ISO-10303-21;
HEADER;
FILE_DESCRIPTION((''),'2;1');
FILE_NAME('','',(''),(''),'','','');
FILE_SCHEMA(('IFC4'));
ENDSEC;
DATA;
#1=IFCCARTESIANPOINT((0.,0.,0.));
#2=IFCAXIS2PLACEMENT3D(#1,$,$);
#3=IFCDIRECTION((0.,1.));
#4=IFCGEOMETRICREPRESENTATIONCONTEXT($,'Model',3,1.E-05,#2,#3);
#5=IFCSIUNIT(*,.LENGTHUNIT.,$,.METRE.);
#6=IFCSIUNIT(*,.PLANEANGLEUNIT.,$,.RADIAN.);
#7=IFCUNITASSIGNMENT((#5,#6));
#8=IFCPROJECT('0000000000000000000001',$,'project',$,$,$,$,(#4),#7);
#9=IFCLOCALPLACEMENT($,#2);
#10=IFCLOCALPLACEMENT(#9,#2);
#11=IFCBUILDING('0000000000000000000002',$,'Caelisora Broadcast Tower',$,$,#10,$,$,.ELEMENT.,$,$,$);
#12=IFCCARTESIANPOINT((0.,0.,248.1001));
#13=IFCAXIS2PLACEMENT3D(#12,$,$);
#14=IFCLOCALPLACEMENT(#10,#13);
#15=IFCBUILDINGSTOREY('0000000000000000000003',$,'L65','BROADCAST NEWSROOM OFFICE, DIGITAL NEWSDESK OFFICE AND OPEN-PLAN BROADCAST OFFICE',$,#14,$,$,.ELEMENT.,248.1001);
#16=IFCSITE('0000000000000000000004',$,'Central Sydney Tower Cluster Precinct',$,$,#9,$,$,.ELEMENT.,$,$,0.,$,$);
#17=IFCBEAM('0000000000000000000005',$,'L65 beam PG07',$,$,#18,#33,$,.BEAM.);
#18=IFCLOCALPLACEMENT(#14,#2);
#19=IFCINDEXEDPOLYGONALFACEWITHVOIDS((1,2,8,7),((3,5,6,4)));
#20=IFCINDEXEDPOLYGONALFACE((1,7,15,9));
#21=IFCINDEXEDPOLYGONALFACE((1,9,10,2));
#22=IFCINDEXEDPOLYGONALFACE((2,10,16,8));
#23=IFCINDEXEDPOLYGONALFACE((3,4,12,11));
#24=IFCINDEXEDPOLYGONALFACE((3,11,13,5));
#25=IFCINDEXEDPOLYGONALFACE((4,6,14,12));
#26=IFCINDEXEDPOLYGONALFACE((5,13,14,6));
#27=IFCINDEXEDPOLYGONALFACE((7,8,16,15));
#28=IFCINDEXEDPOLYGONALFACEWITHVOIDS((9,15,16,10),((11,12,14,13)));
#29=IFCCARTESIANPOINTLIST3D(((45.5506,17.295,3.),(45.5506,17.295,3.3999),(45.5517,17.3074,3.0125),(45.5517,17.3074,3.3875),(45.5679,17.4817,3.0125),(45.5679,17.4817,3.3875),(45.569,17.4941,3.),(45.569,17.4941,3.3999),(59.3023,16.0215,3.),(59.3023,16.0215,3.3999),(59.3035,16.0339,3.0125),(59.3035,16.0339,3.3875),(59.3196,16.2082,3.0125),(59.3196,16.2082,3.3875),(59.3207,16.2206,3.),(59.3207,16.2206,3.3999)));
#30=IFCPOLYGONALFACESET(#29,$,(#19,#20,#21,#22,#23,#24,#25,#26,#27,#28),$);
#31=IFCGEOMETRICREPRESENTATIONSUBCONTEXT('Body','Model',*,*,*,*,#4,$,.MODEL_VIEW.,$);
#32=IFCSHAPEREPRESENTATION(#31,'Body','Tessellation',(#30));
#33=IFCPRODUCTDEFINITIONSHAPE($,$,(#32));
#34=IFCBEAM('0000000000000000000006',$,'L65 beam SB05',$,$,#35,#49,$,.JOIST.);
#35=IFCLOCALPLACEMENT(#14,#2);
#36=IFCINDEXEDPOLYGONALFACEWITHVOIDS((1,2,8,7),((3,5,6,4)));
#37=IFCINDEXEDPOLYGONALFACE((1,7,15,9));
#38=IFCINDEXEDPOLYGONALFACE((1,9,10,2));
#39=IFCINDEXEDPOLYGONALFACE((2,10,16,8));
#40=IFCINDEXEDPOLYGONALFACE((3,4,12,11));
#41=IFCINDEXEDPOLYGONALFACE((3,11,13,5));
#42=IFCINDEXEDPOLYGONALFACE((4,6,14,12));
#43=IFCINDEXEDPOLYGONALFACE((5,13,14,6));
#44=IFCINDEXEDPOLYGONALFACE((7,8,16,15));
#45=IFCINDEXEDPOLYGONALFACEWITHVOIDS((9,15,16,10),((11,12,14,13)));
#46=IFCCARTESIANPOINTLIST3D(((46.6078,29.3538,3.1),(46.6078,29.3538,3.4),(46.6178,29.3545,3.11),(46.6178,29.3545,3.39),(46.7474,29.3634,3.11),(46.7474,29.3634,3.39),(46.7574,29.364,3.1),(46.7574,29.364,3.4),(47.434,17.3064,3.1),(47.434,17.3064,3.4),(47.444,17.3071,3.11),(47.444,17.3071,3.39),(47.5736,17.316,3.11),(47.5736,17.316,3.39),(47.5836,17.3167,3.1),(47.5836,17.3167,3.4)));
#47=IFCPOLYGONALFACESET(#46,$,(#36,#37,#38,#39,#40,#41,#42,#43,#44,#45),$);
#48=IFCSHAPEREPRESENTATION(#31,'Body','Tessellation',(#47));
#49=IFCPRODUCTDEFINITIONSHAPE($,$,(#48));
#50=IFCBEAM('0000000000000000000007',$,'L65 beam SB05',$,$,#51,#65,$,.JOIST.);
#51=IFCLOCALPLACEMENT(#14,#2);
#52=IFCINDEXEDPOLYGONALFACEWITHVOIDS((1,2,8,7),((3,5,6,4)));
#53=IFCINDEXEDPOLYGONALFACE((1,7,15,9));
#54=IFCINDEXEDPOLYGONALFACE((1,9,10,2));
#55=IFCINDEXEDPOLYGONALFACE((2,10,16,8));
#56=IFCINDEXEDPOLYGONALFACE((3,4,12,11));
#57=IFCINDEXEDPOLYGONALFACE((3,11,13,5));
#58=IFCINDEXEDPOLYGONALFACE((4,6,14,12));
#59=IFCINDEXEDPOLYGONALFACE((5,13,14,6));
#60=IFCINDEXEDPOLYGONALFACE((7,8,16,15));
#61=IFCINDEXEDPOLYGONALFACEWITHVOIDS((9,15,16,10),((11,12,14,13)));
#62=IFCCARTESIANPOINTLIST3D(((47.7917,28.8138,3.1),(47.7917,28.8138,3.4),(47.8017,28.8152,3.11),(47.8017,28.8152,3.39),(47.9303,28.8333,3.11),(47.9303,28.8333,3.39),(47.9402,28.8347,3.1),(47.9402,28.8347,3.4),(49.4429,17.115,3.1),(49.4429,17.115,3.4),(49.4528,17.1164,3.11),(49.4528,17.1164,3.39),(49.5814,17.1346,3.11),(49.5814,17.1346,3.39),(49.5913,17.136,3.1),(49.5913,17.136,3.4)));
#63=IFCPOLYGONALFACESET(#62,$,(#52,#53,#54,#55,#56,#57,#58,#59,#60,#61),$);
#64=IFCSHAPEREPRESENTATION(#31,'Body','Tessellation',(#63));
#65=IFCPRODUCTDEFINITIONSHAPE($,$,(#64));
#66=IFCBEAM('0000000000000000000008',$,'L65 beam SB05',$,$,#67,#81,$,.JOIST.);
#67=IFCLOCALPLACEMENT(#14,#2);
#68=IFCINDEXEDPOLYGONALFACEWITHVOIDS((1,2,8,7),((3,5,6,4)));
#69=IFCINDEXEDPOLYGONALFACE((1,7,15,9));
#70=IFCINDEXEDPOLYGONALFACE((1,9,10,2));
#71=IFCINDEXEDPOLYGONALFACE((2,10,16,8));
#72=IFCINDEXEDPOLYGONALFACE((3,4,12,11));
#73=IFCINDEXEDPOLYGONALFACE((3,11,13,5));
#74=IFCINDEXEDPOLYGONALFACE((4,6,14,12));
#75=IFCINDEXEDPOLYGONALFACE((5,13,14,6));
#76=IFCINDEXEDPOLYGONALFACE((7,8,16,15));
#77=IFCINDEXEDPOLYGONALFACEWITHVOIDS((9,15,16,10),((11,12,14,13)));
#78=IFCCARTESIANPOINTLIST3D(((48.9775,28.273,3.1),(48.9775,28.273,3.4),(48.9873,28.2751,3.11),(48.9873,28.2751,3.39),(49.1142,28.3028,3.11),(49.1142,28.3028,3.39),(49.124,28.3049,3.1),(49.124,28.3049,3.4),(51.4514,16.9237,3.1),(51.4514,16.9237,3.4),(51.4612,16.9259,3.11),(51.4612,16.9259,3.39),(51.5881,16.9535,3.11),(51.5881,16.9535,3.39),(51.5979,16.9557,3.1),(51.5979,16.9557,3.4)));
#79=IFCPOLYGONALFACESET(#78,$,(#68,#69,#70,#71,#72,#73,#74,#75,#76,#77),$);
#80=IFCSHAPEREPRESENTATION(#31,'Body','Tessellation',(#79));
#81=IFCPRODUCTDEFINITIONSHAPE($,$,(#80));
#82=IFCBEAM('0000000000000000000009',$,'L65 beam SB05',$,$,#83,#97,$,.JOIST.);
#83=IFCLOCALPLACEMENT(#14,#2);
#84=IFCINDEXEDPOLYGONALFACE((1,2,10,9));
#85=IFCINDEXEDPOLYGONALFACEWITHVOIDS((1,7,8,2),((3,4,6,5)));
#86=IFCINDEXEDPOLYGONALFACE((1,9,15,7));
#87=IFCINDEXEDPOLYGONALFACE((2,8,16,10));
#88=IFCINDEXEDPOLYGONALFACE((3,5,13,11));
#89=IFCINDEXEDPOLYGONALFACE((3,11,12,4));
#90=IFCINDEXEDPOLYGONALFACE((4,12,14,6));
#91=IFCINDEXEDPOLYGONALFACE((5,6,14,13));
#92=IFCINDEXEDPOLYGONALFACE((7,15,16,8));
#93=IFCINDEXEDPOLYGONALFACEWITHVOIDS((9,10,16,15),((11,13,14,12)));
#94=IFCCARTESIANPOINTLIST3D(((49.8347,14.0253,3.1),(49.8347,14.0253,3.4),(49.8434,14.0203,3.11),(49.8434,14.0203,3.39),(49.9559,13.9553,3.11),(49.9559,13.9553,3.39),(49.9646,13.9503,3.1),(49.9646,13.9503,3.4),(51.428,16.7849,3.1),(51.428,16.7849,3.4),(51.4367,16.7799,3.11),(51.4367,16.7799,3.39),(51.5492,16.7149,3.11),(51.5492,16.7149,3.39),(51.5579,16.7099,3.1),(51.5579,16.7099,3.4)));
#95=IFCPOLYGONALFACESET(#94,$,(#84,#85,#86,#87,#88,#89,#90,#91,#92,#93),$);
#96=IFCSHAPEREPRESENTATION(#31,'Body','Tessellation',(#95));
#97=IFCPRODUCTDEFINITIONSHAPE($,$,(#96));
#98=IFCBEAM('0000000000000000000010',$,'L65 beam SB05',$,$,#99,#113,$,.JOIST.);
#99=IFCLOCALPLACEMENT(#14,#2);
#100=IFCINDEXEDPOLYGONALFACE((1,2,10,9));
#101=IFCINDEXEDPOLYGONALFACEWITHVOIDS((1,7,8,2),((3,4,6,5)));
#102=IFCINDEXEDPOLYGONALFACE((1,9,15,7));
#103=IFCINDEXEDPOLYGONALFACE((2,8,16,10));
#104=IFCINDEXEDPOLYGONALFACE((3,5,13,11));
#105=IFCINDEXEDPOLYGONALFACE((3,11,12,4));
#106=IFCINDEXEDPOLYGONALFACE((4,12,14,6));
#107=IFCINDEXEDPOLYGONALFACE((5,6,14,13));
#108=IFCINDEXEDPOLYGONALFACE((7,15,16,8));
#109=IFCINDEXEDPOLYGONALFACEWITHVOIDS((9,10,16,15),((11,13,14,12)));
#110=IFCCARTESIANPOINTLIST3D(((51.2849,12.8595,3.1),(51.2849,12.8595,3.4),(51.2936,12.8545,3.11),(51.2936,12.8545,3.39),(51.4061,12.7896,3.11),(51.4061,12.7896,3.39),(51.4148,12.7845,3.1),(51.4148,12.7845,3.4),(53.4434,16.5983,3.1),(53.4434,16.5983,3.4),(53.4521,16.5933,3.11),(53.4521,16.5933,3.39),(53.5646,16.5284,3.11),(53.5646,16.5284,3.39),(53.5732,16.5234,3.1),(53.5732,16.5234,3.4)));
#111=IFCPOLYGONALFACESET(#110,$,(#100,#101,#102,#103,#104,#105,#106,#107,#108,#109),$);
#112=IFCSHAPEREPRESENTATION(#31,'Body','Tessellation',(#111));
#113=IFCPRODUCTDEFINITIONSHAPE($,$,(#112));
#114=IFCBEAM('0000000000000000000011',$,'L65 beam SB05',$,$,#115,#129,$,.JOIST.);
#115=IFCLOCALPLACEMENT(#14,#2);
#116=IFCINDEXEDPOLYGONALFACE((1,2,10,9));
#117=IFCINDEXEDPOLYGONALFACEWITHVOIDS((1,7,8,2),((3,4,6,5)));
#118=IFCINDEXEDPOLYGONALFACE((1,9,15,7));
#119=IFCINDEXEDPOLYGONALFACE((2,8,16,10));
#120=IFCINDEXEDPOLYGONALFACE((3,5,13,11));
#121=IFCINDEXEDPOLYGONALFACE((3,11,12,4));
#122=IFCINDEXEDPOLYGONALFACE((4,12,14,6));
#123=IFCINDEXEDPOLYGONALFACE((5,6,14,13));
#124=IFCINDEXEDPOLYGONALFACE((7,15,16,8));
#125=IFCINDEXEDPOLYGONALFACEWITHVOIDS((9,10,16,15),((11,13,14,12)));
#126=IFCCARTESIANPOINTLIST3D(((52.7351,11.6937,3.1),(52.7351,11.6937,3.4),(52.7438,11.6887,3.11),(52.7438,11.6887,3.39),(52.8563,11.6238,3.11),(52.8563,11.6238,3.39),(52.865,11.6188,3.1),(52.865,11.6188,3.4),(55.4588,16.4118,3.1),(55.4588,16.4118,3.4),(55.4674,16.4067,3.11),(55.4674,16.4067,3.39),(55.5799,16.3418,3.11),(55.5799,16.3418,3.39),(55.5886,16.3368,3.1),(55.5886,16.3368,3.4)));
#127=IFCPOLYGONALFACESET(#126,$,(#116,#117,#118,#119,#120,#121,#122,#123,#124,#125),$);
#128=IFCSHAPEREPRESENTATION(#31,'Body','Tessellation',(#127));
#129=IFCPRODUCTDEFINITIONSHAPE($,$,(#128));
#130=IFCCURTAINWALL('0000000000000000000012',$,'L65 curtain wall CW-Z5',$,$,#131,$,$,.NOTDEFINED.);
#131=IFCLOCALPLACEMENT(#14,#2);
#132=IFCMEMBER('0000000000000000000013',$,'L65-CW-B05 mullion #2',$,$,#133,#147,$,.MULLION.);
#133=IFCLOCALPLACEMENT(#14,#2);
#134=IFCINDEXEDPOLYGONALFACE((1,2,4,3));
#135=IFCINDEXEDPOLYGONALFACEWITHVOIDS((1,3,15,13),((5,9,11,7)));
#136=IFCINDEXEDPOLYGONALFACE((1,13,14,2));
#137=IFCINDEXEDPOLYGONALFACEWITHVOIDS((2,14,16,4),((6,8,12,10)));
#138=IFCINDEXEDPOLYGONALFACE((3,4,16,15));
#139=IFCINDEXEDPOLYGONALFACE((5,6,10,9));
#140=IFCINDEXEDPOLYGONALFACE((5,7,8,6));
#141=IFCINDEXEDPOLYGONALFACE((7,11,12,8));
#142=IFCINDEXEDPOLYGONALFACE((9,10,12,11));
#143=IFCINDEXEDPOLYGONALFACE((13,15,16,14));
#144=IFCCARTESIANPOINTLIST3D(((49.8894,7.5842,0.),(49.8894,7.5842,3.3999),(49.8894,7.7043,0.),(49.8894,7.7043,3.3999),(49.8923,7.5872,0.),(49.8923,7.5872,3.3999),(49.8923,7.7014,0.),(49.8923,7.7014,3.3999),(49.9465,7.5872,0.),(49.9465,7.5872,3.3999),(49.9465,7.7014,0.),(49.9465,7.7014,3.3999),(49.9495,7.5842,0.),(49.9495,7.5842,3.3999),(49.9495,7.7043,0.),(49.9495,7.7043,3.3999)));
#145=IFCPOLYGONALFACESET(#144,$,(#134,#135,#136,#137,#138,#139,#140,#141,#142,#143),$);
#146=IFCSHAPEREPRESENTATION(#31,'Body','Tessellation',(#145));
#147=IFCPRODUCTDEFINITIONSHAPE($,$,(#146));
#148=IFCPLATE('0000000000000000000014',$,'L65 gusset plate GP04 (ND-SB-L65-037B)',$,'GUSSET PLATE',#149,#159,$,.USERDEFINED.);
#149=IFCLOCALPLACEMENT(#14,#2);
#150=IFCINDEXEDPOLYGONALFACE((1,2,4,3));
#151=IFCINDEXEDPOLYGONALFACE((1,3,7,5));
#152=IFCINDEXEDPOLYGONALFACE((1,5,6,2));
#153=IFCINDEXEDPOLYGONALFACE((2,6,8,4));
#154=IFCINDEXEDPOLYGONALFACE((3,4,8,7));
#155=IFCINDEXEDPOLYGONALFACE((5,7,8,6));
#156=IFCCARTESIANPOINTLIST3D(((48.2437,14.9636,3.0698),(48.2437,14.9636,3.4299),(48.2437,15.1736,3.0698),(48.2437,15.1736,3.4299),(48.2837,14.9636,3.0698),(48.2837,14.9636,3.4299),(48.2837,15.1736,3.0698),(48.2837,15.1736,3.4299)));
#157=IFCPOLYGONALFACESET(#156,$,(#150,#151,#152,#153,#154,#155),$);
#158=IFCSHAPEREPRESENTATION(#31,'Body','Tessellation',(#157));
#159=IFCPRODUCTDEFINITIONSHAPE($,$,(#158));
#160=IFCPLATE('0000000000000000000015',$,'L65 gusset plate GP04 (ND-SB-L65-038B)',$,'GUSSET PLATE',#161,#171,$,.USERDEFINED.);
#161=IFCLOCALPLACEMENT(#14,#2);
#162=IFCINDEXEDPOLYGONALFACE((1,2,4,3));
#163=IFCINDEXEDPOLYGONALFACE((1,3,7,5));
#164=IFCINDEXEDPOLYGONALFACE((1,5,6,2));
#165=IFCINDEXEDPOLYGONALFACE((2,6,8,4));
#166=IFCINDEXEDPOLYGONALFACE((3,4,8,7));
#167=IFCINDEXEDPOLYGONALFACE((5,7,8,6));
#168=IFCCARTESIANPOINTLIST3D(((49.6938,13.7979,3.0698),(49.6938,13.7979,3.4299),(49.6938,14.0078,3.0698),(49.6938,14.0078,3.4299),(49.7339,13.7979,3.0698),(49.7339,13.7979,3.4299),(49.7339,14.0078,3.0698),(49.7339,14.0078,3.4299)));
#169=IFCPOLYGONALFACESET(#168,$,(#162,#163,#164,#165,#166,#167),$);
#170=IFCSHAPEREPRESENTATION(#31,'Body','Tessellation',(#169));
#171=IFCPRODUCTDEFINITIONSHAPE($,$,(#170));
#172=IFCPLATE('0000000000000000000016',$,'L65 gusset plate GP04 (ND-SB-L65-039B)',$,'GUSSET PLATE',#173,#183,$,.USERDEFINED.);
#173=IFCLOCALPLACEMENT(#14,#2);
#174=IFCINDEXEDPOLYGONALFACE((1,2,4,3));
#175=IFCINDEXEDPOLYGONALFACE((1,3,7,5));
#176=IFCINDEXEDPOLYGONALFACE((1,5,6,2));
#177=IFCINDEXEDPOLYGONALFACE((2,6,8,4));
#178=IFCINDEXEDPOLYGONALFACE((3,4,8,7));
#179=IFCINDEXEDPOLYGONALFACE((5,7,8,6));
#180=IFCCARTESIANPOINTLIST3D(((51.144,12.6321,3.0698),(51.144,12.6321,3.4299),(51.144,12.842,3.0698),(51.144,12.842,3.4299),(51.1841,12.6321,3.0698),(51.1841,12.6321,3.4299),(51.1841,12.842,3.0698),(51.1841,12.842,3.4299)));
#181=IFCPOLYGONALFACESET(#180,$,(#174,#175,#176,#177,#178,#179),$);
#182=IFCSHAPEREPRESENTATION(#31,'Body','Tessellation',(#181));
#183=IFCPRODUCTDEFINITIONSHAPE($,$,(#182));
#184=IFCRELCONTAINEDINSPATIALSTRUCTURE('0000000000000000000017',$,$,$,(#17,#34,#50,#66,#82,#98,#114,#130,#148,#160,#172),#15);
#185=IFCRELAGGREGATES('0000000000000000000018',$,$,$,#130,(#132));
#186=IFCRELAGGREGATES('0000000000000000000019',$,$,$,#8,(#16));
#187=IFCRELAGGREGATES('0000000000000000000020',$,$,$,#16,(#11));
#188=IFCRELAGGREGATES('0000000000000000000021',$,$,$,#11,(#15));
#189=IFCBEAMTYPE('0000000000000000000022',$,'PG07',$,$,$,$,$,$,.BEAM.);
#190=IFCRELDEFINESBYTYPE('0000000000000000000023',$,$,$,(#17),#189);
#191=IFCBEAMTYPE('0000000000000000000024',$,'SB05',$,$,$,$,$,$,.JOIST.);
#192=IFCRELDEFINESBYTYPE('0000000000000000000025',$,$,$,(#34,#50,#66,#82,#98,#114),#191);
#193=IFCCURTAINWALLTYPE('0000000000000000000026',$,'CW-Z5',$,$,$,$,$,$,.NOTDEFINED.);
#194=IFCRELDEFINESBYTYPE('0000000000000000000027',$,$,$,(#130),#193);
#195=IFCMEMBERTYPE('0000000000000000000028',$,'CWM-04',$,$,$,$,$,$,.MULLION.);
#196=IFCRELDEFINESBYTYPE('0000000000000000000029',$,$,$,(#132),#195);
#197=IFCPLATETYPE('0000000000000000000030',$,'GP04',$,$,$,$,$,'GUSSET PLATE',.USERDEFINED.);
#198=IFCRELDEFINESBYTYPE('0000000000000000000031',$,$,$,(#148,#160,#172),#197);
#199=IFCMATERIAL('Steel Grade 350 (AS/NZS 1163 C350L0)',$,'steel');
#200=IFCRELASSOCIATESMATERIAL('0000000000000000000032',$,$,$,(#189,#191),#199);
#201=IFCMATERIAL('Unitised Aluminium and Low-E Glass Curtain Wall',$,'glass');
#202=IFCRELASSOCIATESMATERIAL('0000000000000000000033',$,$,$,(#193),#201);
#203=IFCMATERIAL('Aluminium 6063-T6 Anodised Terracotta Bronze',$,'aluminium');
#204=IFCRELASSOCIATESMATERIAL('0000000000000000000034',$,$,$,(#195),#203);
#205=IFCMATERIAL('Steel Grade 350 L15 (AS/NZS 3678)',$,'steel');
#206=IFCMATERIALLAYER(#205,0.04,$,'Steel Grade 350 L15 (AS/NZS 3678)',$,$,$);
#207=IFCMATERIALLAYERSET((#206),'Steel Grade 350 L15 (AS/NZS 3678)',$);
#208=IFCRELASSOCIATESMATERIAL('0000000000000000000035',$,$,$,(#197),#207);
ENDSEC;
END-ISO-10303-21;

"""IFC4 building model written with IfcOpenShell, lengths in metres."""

from ifc_helpers import new_model, si_unit, direction, frame, origin, origin_2d, place, context, subcontext, project, spatial, rectangle, hollow_rectangle, extrude, source, transform, mapped, material, layer, layer_set, material_profile, profile_set, type_object, type_shapes, element, aggregate, save


model = new_model("IFC4")

# Units and contexts
model_context = context("Model", 3, precision=1e-05, world=origin(), true_north=direction((0.0, 1.0)))
body_context = subcontext(model_context, "Body", "Model", "MODEL_VIEW")
ifc_project = project(units=[si_unit("LENGTHUNIT", "METRE"), si_unit("PLANEANGLEUNIT", "RADIAN")], contexts=[model_context])

# Site, building, storey
site_placement = place(None, origin())
site = spatial("IfcSite", under=ifc_project, at=site_placement, Name="Central Sydney Tower Cluster Precinct", CompositionType="ELEMENT", RefElevation=0.0)
building_placement = place(site_placement, origin())
building = spatial("IfcBuilding", under=site, at=building_placement, Name="Caelisora Broadcast Tower", CompositionType="ELEMENT")
storey_placement = place(building_placement, frame((0.0, 0.0, 248.1001)))
storey = spatial("IfcBuildingStorey", under=building, at=storey_placement, Name="L65", Description="BROADCAST NEWSROOM OFFICE, DIGITAL NEWSDESK OFFICE AND OPEN-PLAN BROADCAST OFFICE", CompositionType="ELEMENT", Elevation=248.1001)

# Beams
ifc_material_1 = material(Name="Steel Grade 350 (AS/NZS 1163 C350L0)", Category="steel")
ifc_material_profile_1 = material_profile(ifc_material_1, hollow_rectangle(XDim=0.2, YDim=0.3999, WallThickness=0.0125, at=origin_2d()), Name="Steel Grade 350 (AS/NZS 1163 C350L0)")
ifc_profile_set_1 = profile_set([ifc_material_profile_1], Name="Steel Grade 350 (AS/NZS 1163 C350L0)")
beam_type_1 = type_object("IfcBeamType", Name="PG07", PredefinedType="BEAM", material=ifc_profile_set_1)
shared_shape_1 = source(origin(), body_context, "Body", "SweptSolid", [
    extrude(hollow_rectangle(XDim=0.2, YDim=0.3999, WallThickness=0.0125, at=origin_2d()), origin(), (0.0, 0.0, 1.0), 13.8105),
])
type_shapes(beam_type_1, [shared_shape_1])
beam_1_placement = place(storey_placement, frame((45.5598, 17.3945, 3.2), z_axis=(0.99574, -0.092208, 0.0), x_axis=(0.092208, 0.99574, 0.0)))
element("IfcBeam", 1, at=beam_1_placement, inside=storey, type_object=beam_type_1, Name="L65 beam PG07", PredefinedType="BEAM", context=body_context, shape_type="MappedRepresentation", body=[
    mapped(shared_shape_1, transform((0.0, 0.0, 0.0), scale=1.0)),
])
ifc_material_profile_2 = material_profile(ifc_material_1, hollow_rectangle(XDim=0.1499, YDim=0.3, WallThickness=0.01, at=origin_2d()), Name="Steel Grade 350 (AS/NZS 1163 C350L0)")
ifc_profile_set_2 = profile_set([ifc_material_profile_2], Name="Steel Grade 350 (AS/NZS 1163 C350L0)")
beam_type_2 = type_object("IfcBeamType", Name="SB05", PredefinedType="JOIST", material=ifc_profile_set_2)
shared_shape_2 = source(origin(), body_context, "Body", "SweptSolid", [
    extrude(hollow_rectangle(XDim=0.1499, YDim=0.3, WallThickness=0.01, at=origin_2d()), origin(), (0.0, 0.0, 1.0), 12.0757),
])
beam_2_placement = place(storey_placement, frame((47.5088, 17.3115, 3.25), z_axis=(-0.068416, 0.997657, 0.0), x_axis=(-0.997657, -0.068416, 0.0)))
element("IfcBeam", 2, at=beam_2_placement, inside=storey, type_object=beam_type_2, Name="L65 beam SB05", PredefinedType="JOIST", context=body_context, shape_type="MappedRepresentation", body=[
    mapped(shared_shape_2, transform((0.0, 0.0, 0.0), scale=1.0)),
])
shared_shape_3 = source(origin(), body_context, "Body", "SweptSolid", [
    extrude(hollow_rectangle(XDim=0.1499, YDim=0.3, WallThickness=0.01, at=origin_2d()), origin(), (0.0, 0.0, 1.0), 11.8147),
])
beam_3_placement = place(storey_placement, frame((49.5171, 17.1255, 3.25), z_axis=(-0.139752, 0.990187, 0.0), x_axis=(-0.990187, -0.139752, 0.0)))
element("IfcBeam", 3, at=beam_3_placement, inside=storey, type_object=beam_type_2, Name="L65 beam SB05", PredefinedType="JOIST", context=body_context, shape_type="MappedRepresentation", body=[
    mapped(shared_shape_3, transform((0.0, 0.0, 0.0), scale=1.0)),
])
shared_shape_4 = source(origin(), body_context, "Body", "SweptSolid", [
    extrude(hollow_rectangle(XDim=0.1499, YDim=0.3, WallThickness=0.01, at=origin_2d()), origin(), (0.0, 0.0, 1.0), 11.6157),
])
beam_4_placement = place(storey_placement, frame((51.5247, 16.9397, 3.25), z_axis=(-0.212978, 0.977057, 0.0), x_axis=(-0.977057, -0.212978, 0.0)))
element("IfcBeam", 4, at=beam_4_placement, inside=storey, type_object=beam_type_2, Name="L65 beam SB05", PredefinedType="JOIST", context=body_context, shape_type="MappedRepresentation", body=[
    mapped(shared_shape_4, transform((0.0, 0.0, 0.0), scale=1.0)),
])
shared_shape_5 = source(origin(), body_context, "Body", "SweptSolid", [
    extrude(hollow_rectangle(XDim=0.1499, YDim=0.3, WallThickness=0.01, at=origin_2d()), origin(), (0.0, 0.0, 1.0), 3.1865),
])
beam_5_placement = place(storey_placement, frame((49.8997, 13.9878, 3.25), z_axis=(0.500012, 0.866018, 0.0), x_axis=(-0.866018, 0.500012, 0.0)))
element("IfcBeam", 5, at=beam_5_placement, inside=storey, type_object=beam_type_2, Name="L65 beam SB05", PredefinedType="JOIST", context=body_context, shape_type="MappedRepresentation", body=[
    mapped(shared_shape_5, transform((0.0, 0.0, 0.0), scale=1.0)),
])
shared_shape_6 = source(origin(), body_context, "Body", "SweptSolid", [
    extrude(hollow_rectangle(XDim=0.1499, YDim=0.3, WallThickness=0.01, at=origin_2d()), origin(), (0.0, 0.0, 1.0), 4.3171),
])
beam_6_placement = place(storey_placement, frame((51.3499, 12.822, 3.25), z_axis=(0.499977, 0.866039, 0.0), x_axis=(-0.866039, 0.499977, 0.0)))
element("IfcBeam", 6, at=beam_6_placement, inside=storey, type_object=beam_type_2, Name="L65 beam SB05", PredefinedType="JOIST", context=body_context, shape_type="MappedRepresentation", body=[
    mapped(shared_shape_6, transform((0.0, 0.0, 0.0), scale=1.0)),
])
shared_shape_7 = source(origin(), body_context, "Body", "SweptSolid", [
    extrude(hollow_rectangle(XDim=0.1499, YDim=0.3, WallThickness=0.01, at=origin_2d()), origin(), (0.0, 0.0, 1.0), 5.4478),
])
type_shapes(beam_type_2, [shared_shape_2, shared_shape_3, shared_shape_4, shared_shape_5, shared_shape_6, shared_shape_7])
beam_7_placement = place(storey_placement, frame((52.8, 11.6562, 3.25), z_axis=(0.499957, 0.866051, 0.0), x_axis=(-0.866051, 0.499957, 0.0)))
element("IfcBeam", 7, at=beam_7_placement, inside=storey, type_object=beam_type_2, Name="L65 beam SB05", PredefinedType="JOIST", context=body_context, shape_type="MappedRepresentation", body=[
    mapped(shared_shape_7, transform((0.0, 0.0, 0.0), scale=1.0)),
])

# Curtain wall, member
ifc_material_2 = material(Name="Unitised Aluminium and Low-E Glass Curtain Wall", Category="glass")
curtain_wall_type = type_object("IfcCurtainWallType", Name="CW-Z5", PredefinedType="NOTDEFINED", material=ifc_material_2)
curtain_wall_placement = place(storey_placement, origin())
curtain_wall = element("IfcCurtainWall", 8, at=curtain_wall_placement, inside=storey, type_object=curtain_wall_type, Name="L65 curtain wall CW-Z5", PredefinedType="NOTDEFINED")
ifc_material_3 = material(Name="Aluminium 6063-T6 Anodised Terracotta Bronze", Category="aluminium")
ifc_material_profile_3 = material_profile(ifc_material_3, hollow_rectangle(XDim=0.0601, YDim=0.1201, WallThickness=0.0029, at=origin_2d()), Name="Aluminium 6063-T6 Anodised Terracotta Bronze")
ifc_profile_set_3 = profile_set([ifc_material_profile_3], Name="Aluminium 6063-T6 Anodised Terracotta Bronze")
member_type = type_object("IfcMemberType", Name="CWM-04", PredefinedType="MULLION", material=ifc_profile_set_3)
shared_shape_8 = source(origin(), body_context, "Body", "SweptSolid", [
    extrude(hollow_rectangle(XDim=0.0601, YDim=0.1201, WallThickness=0.0029, at=origin_2d()), origin(), (0.0, 0.0, 1.0), 3.3999),
])
type_shapes(member_type, [shared_shape_8])
member_placement = place(storey_placement, frame((49.9194, 7.6443, 0.0), z_axis=(0.0, 0.0, 1.0), x_axis=(1.0, 0.0, 0.0)))
member = element("IfcMember", 9, at=member_placement, type_object=member_type, Name="L65-CW-B05 mullion #2", PredefinedType="MULLION", context=body_context, shape_type="MappedRepresentation", body=[
    mapped(shared_shape_8, transform((0.0, 0.0, 0.0), scale=1.0)),
])

# Plates
ifc_material_4 = material(Name="Steel Grade 350 L15 (AS/NZS 3678)", Category="steel")
ifc_layer_1 = layer(ifc_material_4, 0.04, Name="Steel Grade 350 L15 (AS/NZS 3678)")
ifc_layer_set_1 = layer_set([ifc_layer_1], Name="Steel Grade 350 L15 (AS/NZS 3678)")
plate_type_1 = type_object("IfcPlateType", Name="GP04", ElementType="GUSSET PLATE", PredefinedType="USERDEFINED", material=ifc_layer_set_1)
shared_shape_9 = source(origin(), body_context, "Body", "SweptSolid", [
    extrude(rectangle(XDim=0.21, YDim=0.04, at=origin_2d()), origin(), (0.0, 0.0, 1.0), 0.3601),
])
type_shapes(plate_type_1, [shared_shape_9])
for number, where, z_axis, x_axis, name in (
    (10, (48.2637, 15.0686, 3.0698), (0.0, 0.0, 1.0), (0.0, 1.0, 0.0), "L65 gusset plate GP04 (ND-SB-L65-037B)"),
    (11, (49.7139, 13.9028, 3.0698), (0.0, 0.0, 1.0), (0.0, 1.0, 0.0), "L65 gusset plate GP04 (ND-SB-L65-038B)"),
    (12, (51.1641, 12.7371, 3.0698), (0.0, 0.0, 1.0), (0.0, 1.0, 0.0), "L65 gusset plate GP04 (ND-SB-L65-039B)"),
):
    element("IfcPlate", number, at=place(storey_placement, frame(where, z_axis=z_axis, x_axis=x_axis)), inside=storey, type_object=plate_type_1, Name=name, ObjectType="GUSSET PLATE", PredefinedType="USERDEFINED", context=body_context, shape_type="MappedRepresentation", body=[
        mapped(shared_shape_9, transform((0.0, 0.0, 0.0), scale=1.0)),
    ])

aggregate(curtain_wall, [member])

save(model, "model.ifc")
